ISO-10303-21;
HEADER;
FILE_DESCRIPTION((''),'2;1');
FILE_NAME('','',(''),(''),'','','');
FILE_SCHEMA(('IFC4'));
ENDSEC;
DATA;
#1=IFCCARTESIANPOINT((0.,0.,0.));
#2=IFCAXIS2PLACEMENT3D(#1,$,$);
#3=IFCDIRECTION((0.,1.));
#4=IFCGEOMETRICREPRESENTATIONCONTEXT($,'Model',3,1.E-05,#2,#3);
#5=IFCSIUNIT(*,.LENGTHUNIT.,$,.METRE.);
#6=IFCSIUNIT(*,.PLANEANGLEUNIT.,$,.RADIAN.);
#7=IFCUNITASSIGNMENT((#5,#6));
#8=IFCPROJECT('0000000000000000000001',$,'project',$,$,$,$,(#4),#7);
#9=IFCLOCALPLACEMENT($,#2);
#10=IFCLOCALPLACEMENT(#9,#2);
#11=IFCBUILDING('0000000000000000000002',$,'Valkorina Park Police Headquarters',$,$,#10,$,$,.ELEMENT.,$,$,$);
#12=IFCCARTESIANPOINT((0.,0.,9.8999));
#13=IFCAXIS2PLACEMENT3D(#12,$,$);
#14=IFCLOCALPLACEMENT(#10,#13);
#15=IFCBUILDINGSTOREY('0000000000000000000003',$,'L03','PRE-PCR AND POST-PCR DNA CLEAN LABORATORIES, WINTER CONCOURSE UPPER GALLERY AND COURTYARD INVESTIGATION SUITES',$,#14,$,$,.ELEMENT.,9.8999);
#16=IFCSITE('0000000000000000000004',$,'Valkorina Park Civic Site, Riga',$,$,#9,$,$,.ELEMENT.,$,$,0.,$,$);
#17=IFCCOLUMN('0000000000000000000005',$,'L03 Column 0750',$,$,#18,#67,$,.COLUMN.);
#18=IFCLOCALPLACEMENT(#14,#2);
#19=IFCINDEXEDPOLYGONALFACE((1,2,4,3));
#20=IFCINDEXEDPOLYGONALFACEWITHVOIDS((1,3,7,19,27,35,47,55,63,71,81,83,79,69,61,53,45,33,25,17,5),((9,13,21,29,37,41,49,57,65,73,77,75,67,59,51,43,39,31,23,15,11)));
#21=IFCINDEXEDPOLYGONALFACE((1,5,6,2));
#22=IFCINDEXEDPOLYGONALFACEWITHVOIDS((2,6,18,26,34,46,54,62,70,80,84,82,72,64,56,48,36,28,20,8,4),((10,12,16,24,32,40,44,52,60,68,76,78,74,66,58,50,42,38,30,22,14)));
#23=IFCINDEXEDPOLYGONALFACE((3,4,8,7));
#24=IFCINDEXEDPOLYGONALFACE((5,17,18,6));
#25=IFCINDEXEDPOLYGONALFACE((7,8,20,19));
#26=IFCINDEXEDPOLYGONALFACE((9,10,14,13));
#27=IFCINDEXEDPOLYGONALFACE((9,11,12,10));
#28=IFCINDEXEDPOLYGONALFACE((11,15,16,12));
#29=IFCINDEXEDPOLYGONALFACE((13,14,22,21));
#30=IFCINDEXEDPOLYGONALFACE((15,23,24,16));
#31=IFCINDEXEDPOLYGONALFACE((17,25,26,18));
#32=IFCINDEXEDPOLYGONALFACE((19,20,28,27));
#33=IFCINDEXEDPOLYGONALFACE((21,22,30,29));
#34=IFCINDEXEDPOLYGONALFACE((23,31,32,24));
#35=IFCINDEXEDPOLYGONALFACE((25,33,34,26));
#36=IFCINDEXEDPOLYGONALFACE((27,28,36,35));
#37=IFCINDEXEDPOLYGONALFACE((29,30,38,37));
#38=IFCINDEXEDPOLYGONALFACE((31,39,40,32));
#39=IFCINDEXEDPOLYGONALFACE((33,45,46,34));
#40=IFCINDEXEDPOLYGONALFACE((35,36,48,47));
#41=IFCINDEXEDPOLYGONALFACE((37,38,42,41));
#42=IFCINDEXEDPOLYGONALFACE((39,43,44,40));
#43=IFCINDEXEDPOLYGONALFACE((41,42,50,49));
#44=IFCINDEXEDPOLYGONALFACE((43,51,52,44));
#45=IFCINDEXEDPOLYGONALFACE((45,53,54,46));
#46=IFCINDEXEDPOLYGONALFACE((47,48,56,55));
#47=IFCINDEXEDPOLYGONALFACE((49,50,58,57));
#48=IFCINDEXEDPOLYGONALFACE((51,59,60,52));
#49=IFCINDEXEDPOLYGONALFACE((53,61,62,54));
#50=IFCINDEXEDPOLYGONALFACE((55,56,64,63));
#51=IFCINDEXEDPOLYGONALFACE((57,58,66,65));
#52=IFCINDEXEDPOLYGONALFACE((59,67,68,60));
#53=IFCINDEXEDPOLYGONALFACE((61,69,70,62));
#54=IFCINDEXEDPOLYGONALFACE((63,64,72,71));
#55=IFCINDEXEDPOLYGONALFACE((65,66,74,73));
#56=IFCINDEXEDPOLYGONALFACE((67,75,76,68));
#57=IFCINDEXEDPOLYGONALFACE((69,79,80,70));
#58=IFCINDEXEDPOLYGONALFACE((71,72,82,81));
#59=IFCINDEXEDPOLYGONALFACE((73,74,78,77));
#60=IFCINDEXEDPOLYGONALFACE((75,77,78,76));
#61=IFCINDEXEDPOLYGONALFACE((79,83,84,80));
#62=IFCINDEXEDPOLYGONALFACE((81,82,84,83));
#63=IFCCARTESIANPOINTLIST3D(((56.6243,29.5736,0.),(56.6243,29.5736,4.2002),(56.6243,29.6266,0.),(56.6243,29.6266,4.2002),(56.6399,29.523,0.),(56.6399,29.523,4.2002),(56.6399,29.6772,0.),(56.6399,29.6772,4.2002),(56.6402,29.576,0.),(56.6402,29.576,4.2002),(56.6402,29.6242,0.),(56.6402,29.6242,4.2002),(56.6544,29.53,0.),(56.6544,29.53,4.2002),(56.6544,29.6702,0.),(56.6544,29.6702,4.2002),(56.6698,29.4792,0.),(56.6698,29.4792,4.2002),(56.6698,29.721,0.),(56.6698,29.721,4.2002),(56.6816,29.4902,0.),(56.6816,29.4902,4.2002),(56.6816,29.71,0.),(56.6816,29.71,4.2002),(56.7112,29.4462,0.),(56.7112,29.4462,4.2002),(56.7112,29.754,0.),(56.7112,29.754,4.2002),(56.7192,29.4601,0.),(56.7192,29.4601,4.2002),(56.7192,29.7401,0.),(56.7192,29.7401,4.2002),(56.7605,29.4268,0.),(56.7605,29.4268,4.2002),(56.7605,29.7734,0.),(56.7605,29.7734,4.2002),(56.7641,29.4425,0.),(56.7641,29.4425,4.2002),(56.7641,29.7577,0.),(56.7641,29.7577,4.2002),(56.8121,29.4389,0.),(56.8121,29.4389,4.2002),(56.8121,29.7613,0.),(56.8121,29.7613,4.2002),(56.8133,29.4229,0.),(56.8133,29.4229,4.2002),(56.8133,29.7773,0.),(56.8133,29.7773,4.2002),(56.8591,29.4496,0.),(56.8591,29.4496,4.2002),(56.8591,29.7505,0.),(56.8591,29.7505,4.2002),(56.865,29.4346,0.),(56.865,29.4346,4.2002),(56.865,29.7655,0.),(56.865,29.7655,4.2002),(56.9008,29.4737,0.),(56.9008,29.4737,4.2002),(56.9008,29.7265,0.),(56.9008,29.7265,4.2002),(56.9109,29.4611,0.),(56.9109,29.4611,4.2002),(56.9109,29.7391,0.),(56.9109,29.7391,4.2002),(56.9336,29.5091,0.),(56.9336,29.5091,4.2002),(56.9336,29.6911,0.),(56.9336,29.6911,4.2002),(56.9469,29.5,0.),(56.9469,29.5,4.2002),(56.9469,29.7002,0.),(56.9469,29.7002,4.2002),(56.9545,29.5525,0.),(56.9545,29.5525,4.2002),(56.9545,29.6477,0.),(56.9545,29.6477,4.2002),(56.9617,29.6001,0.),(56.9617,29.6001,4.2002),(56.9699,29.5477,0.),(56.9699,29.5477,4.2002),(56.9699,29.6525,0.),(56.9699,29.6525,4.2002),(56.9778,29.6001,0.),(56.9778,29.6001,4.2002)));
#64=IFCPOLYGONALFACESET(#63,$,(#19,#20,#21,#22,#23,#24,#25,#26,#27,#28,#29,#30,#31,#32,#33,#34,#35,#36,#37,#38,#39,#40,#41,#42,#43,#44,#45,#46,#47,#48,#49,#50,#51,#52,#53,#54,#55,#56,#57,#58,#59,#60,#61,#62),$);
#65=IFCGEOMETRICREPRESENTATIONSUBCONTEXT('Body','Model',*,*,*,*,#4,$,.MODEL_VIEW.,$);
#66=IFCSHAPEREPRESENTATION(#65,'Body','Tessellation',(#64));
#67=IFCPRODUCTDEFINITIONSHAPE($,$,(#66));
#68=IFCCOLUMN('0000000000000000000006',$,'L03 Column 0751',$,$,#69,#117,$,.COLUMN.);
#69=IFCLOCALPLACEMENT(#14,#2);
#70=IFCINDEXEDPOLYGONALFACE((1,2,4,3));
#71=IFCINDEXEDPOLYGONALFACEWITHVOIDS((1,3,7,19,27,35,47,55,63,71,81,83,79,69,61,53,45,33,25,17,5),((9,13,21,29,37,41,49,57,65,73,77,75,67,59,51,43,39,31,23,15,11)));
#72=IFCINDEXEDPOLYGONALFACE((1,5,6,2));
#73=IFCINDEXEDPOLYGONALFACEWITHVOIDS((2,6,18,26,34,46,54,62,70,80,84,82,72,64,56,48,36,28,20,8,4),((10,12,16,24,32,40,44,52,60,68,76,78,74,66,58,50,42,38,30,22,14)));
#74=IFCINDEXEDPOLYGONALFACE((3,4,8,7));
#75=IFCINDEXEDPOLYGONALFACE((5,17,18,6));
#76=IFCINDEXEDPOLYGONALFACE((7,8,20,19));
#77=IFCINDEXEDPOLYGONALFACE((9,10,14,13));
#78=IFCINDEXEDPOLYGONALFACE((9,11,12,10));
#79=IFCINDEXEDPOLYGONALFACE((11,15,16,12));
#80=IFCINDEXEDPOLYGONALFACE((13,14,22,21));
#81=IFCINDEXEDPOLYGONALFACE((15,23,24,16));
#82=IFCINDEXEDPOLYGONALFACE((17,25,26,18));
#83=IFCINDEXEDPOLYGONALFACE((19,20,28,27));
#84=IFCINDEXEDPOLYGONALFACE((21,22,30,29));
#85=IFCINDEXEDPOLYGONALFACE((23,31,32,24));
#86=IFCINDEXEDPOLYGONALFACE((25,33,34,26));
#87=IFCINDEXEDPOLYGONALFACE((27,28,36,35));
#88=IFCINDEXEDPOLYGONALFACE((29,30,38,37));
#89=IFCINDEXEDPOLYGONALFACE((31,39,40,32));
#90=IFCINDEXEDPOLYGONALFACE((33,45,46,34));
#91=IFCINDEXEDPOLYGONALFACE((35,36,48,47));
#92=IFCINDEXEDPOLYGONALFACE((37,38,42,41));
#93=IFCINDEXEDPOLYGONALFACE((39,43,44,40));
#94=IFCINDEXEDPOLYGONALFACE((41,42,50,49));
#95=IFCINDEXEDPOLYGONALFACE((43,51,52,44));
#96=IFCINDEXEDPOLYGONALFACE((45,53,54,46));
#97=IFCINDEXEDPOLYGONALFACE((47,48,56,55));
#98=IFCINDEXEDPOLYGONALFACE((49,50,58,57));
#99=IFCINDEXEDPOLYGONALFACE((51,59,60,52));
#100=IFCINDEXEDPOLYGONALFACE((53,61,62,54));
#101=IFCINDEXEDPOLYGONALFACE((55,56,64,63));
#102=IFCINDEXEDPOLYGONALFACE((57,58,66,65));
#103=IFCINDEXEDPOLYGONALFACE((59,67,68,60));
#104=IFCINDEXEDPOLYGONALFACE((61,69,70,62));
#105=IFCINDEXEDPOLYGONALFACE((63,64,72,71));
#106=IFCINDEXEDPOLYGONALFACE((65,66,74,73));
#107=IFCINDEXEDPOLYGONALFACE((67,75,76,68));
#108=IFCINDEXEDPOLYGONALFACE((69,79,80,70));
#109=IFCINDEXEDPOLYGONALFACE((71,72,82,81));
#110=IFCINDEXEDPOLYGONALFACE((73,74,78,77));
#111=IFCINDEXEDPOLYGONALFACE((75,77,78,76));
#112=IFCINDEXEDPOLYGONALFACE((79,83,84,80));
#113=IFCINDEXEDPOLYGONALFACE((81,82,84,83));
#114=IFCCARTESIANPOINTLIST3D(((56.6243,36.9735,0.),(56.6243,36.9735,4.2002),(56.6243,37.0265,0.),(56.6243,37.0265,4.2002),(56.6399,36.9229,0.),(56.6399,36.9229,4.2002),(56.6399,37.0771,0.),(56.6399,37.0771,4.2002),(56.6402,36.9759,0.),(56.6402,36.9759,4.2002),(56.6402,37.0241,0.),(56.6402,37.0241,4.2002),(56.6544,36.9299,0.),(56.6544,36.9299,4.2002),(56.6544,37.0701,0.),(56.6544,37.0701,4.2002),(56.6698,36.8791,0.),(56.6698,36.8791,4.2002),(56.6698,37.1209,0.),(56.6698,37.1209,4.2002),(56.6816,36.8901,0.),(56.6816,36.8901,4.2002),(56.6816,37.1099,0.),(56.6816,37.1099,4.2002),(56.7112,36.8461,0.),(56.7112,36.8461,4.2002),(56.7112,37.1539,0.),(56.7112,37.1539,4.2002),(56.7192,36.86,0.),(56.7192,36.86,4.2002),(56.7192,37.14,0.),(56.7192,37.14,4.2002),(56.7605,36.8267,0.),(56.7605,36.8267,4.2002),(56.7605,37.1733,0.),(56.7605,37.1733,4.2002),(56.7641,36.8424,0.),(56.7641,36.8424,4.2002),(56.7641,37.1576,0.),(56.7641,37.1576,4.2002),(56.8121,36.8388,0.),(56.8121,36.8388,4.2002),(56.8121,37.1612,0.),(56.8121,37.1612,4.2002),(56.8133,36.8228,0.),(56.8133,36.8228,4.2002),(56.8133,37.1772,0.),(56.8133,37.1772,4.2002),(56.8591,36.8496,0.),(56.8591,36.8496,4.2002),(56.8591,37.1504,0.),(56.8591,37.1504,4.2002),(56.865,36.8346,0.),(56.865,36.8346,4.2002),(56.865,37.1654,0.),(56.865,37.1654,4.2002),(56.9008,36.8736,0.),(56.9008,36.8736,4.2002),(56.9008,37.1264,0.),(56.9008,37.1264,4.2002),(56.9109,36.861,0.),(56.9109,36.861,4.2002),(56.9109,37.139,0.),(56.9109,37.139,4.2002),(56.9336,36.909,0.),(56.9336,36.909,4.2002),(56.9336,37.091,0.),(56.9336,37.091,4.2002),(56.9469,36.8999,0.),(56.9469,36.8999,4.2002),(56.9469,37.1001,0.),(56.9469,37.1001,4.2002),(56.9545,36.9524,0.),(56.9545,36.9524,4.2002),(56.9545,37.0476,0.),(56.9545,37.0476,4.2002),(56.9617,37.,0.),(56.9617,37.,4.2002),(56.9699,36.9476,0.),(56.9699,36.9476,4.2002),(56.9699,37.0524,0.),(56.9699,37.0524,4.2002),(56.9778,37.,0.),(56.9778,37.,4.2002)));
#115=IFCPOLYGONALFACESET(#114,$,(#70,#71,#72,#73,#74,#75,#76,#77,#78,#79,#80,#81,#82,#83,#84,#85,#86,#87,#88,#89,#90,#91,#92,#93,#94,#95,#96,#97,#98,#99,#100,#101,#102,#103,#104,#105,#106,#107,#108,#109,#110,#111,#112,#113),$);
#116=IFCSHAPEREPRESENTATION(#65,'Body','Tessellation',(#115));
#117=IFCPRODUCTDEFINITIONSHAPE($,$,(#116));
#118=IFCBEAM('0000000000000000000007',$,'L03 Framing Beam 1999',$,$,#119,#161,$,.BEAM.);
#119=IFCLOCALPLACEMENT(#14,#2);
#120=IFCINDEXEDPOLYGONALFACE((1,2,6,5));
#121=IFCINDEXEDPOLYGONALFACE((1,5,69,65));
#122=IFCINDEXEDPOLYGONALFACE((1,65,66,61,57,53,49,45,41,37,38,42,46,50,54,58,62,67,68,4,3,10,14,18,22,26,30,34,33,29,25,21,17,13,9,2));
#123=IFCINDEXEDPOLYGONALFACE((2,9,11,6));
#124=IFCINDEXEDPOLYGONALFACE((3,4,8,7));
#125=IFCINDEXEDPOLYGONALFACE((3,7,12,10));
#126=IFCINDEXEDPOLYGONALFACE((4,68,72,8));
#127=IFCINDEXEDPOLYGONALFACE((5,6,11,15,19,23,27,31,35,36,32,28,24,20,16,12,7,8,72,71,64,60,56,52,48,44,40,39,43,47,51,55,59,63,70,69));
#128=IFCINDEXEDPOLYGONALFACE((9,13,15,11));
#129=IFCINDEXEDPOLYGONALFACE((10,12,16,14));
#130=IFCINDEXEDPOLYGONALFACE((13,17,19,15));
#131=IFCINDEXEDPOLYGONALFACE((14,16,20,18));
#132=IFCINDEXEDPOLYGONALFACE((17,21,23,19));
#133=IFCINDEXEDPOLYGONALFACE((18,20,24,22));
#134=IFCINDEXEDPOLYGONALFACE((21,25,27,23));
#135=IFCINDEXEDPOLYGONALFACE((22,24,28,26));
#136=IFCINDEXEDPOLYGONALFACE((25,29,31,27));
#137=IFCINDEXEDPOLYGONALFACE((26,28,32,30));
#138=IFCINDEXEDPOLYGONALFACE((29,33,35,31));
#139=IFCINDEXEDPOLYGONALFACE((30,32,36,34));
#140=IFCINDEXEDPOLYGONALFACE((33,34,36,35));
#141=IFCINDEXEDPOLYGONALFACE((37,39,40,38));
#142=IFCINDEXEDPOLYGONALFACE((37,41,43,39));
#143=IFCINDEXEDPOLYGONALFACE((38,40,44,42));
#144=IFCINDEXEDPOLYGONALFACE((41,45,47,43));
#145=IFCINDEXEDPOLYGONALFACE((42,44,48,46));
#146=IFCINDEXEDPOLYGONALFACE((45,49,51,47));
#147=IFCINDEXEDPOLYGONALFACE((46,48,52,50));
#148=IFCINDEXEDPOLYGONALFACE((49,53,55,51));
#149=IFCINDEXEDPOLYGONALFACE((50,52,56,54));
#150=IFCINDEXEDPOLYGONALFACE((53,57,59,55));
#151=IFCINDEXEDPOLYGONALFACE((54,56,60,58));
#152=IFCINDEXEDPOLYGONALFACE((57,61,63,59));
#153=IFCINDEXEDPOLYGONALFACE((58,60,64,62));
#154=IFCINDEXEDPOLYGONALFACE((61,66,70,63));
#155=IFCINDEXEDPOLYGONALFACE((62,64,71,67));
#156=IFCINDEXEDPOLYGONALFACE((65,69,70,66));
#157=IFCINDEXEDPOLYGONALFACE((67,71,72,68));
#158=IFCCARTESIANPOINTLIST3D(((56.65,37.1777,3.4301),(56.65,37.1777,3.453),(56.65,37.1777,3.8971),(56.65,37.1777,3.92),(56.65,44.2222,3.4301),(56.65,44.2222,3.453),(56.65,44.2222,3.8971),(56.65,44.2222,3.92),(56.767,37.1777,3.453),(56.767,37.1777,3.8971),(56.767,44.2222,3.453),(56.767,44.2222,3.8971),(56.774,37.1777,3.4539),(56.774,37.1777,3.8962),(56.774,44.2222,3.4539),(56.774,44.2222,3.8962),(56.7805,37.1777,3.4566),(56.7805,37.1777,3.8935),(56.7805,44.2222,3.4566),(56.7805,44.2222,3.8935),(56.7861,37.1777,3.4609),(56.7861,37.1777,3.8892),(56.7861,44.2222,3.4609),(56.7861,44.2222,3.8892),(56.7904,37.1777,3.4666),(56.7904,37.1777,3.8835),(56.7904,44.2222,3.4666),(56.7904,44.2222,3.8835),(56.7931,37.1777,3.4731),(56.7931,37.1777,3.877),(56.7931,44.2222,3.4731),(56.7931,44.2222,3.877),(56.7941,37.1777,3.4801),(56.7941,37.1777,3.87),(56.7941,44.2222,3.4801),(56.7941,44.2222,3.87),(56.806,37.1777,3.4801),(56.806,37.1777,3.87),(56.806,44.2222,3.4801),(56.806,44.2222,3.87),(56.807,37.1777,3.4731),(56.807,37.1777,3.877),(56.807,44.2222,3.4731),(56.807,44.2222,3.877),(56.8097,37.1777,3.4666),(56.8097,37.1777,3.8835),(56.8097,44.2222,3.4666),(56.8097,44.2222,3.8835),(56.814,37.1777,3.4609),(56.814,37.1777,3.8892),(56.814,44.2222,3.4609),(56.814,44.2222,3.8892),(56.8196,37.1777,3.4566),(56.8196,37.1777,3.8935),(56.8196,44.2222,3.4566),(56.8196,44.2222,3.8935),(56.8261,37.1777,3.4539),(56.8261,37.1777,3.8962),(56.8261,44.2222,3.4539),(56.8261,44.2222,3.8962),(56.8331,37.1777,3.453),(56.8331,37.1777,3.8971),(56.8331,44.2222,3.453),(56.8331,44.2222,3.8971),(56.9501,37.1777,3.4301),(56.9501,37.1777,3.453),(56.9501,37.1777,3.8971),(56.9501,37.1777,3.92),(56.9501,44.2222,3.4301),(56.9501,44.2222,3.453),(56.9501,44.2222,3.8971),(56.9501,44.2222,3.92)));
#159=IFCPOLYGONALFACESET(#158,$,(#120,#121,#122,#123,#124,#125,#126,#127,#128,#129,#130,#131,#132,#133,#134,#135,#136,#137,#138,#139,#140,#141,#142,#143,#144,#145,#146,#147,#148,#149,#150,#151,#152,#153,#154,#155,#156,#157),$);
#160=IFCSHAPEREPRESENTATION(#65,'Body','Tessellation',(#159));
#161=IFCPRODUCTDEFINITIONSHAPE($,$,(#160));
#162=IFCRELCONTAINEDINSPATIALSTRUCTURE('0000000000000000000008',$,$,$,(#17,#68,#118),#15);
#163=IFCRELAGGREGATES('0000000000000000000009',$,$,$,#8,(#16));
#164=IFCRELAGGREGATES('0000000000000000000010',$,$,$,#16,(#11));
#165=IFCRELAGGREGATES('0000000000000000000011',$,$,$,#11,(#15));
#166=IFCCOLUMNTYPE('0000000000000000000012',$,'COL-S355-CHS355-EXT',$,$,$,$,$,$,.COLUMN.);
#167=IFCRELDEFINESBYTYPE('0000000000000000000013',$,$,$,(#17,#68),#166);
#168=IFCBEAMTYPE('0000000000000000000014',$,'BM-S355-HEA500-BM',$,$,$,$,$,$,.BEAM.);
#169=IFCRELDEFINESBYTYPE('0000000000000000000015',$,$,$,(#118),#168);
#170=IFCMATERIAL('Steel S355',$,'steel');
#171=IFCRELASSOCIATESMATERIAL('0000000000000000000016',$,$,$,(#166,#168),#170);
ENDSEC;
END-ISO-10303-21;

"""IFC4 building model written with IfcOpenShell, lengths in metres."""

from ifc_helpers import new_model, si_unit, direction, frame, origin, origin_2d, place, context, subcontext, project, spatial, hollow_circle, i_section, extrude, material, material_profile, profile_set, type_object, element, save


model = new_model("IFC4")

# Units and contexts
model_context = context("Model", 3, precision=1e-05, world=origin(), true_north=direction((0.0, 1.0)))
body_context = subcontext(model_context, "Body", "Model", "MODEL_VIEW")
ifc_project = project(units=[si_unit("LENGTHUNIT", "METRE"), si_unit("PLANEANGLEUNIT", "RADIAN")], contexts=[model_context])

# Site, building, storey
site_placement = place(None, origin())
site = spatial("IfcSite", under=ifc_project, at=site_placement, Name="Valkorina Park Civic Site, Riga", CompositionType="ELEMENT", RefElevation=0.0)
building_placement = place(site_placement, origin())
building = spatial("IfcBuilding", under=site, at=building_placement, Name="Valkorina Park Police Headquarters", CompositionType="ELEMENT")
storey_placement = place(building_placement, frame((0.0, 0.0, 9.8999)))
storey = spatial("IfcBuildingStorey", under=building, at=storey_placement, Name="L03", Description="PRE-PCR AND POST-PCR DNA CLEAN LABORATORIES, WINTER CONCOURSE UPPER GALLERY AND COURTYARD INVESTIGATION SUITES", CompositionType="ELEMENT", Elevation=9.8999)

# Columns
ifc_material_1 = material(Name="Steel S355", Category="steel")
ifc_material_profile_1 = material_profile(ifc_material_1, hollow_circle(Radius=0.1777, WallThickness=0.0161, at=origin_2d()), Name="CHS 355.6x16")
ifc_profile_set_1 = profile_set([ifc_material_profile_1], Name="Steel S355")
column_type = type_object("IfcColumnType", Name="COL-S355-CHS355-EXT", PredefinedType="COLUMN", material=ifc_profile_set_1)
for number, where, z_axis, x_axis, name in (
    (1, (56.8, 29.6001, 0.0), (0.0, 0.0, 1.0), (1.0, 0.0, 0.0), "L03 Column 0750"),
    (2, (56.8, 37.0, 0.0), (0.0, 0.0, 1.0), (1.0, 0.0, 0.0), "L03 Column 0751"),
):
    element("IfcColumn", number, at=place(storey_placement, frame(where, z_axis=z_axis, x_axis=x_axis)), inside=storey, type_object=column_type, Name=name, PredefinedType="COLUMN", context=body_context, shape_type="SweptSolid", body=[
        extrude(hollow_circle(Radius=0.1777, WallThickness=0.0161, at=origin_2d()), origin(), (0.0, 0.0, 1.0), 4.2002),
    ])

# Beam
ifc_material_profile_2 = material_profile(ifc_material_1, i_section(OverallWidth=0.3, OverallDepth=0.49, WebThickness=0.012, FlangeThickness=0.0229, FilletRadius=0.0271, at=origin_2d()), Name="HEA 500")
ifc_profile_set_2 = profile_set([ifc_material_profile_2], Name="Steel S355")
beam_type_1 = type_object("IfcBeamType", Name="BM-S355-HEA500-BM", PredefinedType="BEAM", material=ifc_profile_set_2)
beam_1_placement = place(storey_placement, frame((56.8, 37.1777, 3.675), z_axis=(0.0, 1.0, 0.0), x_axis=(-1.0, 0.0, 0.0)))
element("IfcBeam", 3, at=beam_1_placement, inside=storey, type_object=beam_type_1, Name="L03 Framing Beam 1999", PredefinedType="BEAM", context=body_context, shape_type="SweptSolid", body=[
    extrude(i_section(OverallWidth=0.3, OverallDepth=0.49, WebThickness=0.012, FlangeThickness=0.0229, FilletRadius=0.0271, at=origin_2d()), origin(), (0.0, 0.0, 1.0), 7.0444),
])

save(model, "model.ifc")
